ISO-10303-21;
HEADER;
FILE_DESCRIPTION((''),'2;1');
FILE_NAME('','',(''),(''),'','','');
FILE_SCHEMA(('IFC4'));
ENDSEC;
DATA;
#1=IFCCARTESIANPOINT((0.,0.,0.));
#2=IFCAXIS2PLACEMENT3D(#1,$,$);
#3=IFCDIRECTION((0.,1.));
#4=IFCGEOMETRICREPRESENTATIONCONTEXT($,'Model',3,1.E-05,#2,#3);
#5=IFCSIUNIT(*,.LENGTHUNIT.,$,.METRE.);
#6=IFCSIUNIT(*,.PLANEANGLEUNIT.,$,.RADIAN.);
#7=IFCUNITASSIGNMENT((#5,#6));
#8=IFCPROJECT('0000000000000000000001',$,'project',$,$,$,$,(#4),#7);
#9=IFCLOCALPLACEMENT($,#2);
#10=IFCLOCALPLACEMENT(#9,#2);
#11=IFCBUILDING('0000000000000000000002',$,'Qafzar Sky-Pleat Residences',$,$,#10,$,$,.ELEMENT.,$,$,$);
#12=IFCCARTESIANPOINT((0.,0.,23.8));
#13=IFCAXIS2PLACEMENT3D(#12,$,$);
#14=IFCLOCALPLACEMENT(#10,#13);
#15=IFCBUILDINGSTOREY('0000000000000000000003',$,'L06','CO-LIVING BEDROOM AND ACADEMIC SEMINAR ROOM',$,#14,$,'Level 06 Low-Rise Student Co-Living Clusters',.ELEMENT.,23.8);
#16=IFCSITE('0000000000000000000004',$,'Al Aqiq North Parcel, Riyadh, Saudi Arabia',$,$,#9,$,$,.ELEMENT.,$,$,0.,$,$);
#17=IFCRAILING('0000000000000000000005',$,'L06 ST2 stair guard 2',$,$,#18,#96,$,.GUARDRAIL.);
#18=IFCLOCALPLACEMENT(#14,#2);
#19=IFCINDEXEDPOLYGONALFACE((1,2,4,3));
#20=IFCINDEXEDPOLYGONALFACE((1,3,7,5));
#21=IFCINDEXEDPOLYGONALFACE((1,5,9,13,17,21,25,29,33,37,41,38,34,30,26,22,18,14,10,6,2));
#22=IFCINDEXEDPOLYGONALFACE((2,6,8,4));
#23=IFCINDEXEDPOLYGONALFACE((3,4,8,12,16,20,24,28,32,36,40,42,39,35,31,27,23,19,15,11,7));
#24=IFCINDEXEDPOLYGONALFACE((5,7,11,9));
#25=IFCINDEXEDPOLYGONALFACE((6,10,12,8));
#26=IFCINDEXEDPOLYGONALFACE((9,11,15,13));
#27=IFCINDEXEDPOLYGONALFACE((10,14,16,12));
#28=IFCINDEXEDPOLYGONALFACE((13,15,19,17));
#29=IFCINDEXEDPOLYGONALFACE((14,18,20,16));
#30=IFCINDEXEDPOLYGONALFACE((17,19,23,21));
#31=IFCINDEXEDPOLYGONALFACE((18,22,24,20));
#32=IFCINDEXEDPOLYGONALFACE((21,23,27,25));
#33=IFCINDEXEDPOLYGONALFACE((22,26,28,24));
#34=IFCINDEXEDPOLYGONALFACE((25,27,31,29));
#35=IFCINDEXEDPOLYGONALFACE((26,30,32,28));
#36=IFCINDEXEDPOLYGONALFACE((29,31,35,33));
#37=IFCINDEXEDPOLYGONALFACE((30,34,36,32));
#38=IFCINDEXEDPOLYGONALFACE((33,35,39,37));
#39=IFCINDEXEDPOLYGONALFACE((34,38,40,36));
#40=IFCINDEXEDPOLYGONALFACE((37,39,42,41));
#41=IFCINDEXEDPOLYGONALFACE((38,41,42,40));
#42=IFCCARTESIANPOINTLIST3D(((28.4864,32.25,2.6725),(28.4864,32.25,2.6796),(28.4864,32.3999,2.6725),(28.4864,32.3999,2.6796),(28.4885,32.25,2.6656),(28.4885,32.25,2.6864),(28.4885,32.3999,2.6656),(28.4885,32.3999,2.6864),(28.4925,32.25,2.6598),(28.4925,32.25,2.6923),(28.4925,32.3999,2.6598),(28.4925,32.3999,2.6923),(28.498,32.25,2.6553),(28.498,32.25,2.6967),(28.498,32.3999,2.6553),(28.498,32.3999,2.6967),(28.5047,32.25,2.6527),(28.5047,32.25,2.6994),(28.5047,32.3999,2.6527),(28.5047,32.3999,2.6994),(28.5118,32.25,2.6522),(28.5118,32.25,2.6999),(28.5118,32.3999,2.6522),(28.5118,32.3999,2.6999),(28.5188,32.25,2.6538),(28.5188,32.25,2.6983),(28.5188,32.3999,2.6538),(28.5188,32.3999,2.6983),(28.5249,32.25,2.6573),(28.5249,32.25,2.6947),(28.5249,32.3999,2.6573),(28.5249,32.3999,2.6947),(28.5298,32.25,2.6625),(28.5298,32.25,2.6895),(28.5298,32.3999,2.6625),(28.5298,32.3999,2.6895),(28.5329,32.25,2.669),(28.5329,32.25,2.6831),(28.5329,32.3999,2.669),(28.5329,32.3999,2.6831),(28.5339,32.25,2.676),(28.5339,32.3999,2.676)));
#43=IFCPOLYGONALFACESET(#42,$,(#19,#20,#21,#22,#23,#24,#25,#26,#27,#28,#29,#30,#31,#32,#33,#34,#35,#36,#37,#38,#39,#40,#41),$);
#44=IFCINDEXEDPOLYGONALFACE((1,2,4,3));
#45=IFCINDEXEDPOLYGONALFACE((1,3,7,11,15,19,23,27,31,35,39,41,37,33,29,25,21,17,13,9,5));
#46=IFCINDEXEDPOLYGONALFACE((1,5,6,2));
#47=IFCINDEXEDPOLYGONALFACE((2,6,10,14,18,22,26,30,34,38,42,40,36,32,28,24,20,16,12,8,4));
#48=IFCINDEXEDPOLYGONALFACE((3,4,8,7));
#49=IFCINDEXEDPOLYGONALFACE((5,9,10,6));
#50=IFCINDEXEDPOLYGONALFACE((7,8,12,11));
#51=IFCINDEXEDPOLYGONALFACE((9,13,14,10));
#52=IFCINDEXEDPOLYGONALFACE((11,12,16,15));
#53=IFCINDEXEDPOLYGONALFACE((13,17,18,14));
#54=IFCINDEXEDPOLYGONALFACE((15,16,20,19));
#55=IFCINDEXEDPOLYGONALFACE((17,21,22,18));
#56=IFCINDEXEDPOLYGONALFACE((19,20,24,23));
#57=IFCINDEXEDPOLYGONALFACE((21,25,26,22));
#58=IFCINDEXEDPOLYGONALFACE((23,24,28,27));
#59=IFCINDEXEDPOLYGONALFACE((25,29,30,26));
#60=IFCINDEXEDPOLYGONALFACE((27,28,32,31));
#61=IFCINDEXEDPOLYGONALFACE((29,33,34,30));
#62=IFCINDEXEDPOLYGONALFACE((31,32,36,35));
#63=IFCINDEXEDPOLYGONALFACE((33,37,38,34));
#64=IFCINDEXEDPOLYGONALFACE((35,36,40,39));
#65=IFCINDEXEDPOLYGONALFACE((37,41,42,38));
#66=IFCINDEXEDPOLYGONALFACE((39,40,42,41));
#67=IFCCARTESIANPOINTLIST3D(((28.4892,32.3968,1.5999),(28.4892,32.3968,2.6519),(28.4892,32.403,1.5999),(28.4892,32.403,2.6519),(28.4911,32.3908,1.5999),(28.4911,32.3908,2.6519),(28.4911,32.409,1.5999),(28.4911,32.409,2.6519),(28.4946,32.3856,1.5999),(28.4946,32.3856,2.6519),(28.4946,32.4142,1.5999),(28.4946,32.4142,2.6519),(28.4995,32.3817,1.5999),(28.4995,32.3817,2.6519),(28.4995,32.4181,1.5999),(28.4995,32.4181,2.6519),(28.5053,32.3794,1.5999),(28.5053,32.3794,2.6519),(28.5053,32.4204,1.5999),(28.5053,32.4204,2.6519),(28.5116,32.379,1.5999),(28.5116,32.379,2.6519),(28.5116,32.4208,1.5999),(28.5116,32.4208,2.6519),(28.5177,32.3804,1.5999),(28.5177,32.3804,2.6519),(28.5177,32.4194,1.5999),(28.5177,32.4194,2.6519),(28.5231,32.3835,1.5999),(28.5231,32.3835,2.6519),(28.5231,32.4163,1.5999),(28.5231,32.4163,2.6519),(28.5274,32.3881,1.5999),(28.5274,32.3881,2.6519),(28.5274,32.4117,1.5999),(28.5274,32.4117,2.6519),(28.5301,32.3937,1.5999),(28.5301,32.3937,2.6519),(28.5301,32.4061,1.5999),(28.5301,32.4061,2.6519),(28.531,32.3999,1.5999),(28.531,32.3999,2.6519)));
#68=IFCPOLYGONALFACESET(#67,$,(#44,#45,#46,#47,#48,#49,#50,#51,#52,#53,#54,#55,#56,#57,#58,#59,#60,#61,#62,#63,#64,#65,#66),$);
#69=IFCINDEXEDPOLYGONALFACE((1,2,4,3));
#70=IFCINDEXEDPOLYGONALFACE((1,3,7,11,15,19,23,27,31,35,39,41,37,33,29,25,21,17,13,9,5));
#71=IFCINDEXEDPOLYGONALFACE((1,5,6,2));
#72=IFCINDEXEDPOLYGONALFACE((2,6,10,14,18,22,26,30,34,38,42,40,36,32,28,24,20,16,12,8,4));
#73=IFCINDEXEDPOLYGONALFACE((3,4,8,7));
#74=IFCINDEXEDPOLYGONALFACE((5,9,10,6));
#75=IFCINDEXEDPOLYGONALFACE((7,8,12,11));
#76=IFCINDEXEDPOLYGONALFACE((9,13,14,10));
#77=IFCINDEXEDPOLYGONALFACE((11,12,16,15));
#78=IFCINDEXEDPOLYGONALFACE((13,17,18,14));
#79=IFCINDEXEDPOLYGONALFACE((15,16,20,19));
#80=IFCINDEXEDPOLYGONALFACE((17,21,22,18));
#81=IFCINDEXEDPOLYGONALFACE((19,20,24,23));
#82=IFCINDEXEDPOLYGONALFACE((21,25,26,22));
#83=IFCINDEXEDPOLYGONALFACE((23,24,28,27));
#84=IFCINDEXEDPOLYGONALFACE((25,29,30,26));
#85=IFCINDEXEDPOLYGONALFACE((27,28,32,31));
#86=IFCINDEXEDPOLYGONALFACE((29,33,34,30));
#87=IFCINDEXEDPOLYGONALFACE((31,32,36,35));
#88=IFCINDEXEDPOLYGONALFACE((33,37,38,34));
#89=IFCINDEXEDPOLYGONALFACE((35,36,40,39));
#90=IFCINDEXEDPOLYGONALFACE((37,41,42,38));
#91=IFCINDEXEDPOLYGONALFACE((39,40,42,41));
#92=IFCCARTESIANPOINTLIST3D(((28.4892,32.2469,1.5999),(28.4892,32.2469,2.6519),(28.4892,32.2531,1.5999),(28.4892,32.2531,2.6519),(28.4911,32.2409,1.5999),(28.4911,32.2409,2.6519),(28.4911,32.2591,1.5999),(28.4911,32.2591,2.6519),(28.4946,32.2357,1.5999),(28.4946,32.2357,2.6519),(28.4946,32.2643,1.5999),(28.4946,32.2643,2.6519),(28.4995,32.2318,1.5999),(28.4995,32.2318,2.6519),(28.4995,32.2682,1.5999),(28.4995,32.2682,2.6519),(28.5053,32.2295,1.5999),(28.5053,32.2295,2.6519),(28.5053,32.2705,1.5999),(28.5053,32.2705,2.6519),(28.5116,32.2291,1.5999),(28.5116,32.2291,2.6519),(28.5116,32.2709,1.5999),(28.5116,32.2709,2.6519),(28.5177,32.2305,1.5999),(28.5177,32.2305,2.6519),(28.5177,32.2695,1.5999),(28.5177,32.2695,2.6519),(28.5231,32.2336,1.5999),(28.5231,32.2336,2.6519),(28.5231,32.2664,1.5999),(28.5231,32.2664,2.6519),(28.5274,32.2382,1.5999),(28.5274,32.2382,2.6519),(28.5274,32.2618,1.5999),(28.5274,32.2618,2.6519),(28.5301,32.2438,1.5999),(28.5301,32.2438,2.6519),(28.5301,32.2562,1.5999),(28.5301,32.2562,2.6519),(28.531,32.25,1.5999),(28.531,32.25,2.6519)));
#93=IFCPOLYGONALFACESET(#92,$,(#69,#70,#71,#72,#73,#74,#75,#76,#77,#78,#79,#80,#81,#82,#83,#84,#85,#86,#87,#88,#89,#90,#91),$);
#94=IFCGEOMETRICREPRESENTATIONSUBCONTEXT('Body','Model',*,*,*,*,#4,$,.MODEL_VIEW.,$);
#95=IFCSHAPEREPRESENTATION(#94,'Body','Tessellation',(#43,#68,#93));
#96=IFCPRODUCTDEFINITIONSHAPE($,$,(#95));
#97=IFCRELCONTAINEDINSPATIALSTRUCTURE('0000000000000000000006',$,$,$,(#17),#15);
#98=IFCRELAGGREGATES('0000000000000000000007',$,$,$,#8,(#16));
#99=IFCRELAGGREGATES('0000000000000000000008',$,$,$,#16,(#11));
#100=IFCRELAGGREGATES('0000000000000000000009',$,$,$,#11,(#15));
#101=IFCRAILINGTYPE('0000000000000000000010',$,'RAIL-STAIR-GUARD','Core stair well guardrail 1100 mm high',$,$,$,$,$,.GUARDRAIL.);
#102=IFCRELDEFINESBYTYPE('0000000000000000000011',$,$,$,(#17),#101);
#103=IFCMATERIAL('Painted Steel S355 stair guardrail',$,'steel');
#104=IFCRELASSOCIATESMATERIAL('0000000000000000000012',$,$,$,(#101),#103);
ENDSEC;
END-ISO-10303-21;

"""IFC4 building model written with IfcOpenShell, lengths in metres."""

from ifc_helpers import new_model, si_unit, direction, frame, origin, origin_2d, place, context, subcontext, project, spatial, circle, extrude, source, transform, mapped, material, type_object, element, save


model = new_model("IFC4")

# Units and contexts
model_context = context("Model", 3, precision=1e-05, world=origin(), true_north=direction((0.0, 1.0)))
body_context = subcontext(model_context, "Body", "Model", "MODEL_VIEW")
ifc_project = project(units=[si_unit("LENGTHUNIT", "METRE"), si_unit("PLANEANGLEUNIT", "RADIAN")], contexts=[model_context])

# Site, building, storey
site_placement = place(None, origin())
site = spatial("IfcSite", under=ifc_project, at=site_placement, Name="Al Aqiq North Parcel, Riyadh, Saudi Arabia", CompositionType="ELEMENT", RefElevation=0.0)
building_placement = place(site_placement, origin())
building = spatial("IfcBuilding", under=site, at=building_placement, Name="Qafzar Sky-Pleat Residences", CompositionType="ELEMENT")
storey_placement = place(building_placement, frame((0.0, 0.0, 23.8)))
storey = spatial("IfcBuildingStorey", under=building, at=storey_placement, Name="L06", Description="CO-LIVING BEDROOM AND ACADEMIC SEMINAR ROOM", LongName="Level 06 Low-Rise Student Co-Living Clusters", CompositionType="ELEMENT", Elevation=23.8)

# Railing
ifc_material_1 = material(Name="Painted Steel S355 stair guardrail", Category="steel")
railing_type = type_object("IfcRailingType", Name="RAIL-STAIR-GUARD", Description="Core stair well guardrail 1100 mm high", PredefinedType="GUARDRAIL", material=ifc_material_1)
shared_shape_1 = source(origin(), body_context, "Body", "SweptSolid", [
    extrude(circle(Radius=0.0239, at=origin_2d()), frame((0.0, 0.0, 1.0762), z_axis=(0.0, -1.0, 0.0), x_axis=(1.0, 0.0, 0.0)), (0.0, 0.0, 1.0), 0.1499),
    extrude(circle(Radius=0.021, at=origin_2d()), origin(), (0.0, 0.0, 1.0), 1.052),
    extrude(circle(Radius=0.021, at=origin_2d()), frame((0.0, -0.1499, 0.0)), (0.0, 0.0, 1.0), 1.052),
])
railing_1_placement = place(storey_placement, frame((28.51, 32.3999, 1.5999)))
element("IfcRailing", 1, at=railing_1_placement, inside=storey, type_object=railing_type, Name="L06 ST2 stair guard 2", PredefinedType="GUARDRAIL", context=body_context, shape_type="MappedRepresentation", body=[
    mapped(shared_shape_1, transform((0.0, 0.0, 0.0), x_axis=(1.0, 0.0, 0.0), y_axis=(0.0, 1.0, 0.0), z_axis=(0.0, 0.0, 1.0), scale=1.0)),
])

save(model, "model.ifc")
